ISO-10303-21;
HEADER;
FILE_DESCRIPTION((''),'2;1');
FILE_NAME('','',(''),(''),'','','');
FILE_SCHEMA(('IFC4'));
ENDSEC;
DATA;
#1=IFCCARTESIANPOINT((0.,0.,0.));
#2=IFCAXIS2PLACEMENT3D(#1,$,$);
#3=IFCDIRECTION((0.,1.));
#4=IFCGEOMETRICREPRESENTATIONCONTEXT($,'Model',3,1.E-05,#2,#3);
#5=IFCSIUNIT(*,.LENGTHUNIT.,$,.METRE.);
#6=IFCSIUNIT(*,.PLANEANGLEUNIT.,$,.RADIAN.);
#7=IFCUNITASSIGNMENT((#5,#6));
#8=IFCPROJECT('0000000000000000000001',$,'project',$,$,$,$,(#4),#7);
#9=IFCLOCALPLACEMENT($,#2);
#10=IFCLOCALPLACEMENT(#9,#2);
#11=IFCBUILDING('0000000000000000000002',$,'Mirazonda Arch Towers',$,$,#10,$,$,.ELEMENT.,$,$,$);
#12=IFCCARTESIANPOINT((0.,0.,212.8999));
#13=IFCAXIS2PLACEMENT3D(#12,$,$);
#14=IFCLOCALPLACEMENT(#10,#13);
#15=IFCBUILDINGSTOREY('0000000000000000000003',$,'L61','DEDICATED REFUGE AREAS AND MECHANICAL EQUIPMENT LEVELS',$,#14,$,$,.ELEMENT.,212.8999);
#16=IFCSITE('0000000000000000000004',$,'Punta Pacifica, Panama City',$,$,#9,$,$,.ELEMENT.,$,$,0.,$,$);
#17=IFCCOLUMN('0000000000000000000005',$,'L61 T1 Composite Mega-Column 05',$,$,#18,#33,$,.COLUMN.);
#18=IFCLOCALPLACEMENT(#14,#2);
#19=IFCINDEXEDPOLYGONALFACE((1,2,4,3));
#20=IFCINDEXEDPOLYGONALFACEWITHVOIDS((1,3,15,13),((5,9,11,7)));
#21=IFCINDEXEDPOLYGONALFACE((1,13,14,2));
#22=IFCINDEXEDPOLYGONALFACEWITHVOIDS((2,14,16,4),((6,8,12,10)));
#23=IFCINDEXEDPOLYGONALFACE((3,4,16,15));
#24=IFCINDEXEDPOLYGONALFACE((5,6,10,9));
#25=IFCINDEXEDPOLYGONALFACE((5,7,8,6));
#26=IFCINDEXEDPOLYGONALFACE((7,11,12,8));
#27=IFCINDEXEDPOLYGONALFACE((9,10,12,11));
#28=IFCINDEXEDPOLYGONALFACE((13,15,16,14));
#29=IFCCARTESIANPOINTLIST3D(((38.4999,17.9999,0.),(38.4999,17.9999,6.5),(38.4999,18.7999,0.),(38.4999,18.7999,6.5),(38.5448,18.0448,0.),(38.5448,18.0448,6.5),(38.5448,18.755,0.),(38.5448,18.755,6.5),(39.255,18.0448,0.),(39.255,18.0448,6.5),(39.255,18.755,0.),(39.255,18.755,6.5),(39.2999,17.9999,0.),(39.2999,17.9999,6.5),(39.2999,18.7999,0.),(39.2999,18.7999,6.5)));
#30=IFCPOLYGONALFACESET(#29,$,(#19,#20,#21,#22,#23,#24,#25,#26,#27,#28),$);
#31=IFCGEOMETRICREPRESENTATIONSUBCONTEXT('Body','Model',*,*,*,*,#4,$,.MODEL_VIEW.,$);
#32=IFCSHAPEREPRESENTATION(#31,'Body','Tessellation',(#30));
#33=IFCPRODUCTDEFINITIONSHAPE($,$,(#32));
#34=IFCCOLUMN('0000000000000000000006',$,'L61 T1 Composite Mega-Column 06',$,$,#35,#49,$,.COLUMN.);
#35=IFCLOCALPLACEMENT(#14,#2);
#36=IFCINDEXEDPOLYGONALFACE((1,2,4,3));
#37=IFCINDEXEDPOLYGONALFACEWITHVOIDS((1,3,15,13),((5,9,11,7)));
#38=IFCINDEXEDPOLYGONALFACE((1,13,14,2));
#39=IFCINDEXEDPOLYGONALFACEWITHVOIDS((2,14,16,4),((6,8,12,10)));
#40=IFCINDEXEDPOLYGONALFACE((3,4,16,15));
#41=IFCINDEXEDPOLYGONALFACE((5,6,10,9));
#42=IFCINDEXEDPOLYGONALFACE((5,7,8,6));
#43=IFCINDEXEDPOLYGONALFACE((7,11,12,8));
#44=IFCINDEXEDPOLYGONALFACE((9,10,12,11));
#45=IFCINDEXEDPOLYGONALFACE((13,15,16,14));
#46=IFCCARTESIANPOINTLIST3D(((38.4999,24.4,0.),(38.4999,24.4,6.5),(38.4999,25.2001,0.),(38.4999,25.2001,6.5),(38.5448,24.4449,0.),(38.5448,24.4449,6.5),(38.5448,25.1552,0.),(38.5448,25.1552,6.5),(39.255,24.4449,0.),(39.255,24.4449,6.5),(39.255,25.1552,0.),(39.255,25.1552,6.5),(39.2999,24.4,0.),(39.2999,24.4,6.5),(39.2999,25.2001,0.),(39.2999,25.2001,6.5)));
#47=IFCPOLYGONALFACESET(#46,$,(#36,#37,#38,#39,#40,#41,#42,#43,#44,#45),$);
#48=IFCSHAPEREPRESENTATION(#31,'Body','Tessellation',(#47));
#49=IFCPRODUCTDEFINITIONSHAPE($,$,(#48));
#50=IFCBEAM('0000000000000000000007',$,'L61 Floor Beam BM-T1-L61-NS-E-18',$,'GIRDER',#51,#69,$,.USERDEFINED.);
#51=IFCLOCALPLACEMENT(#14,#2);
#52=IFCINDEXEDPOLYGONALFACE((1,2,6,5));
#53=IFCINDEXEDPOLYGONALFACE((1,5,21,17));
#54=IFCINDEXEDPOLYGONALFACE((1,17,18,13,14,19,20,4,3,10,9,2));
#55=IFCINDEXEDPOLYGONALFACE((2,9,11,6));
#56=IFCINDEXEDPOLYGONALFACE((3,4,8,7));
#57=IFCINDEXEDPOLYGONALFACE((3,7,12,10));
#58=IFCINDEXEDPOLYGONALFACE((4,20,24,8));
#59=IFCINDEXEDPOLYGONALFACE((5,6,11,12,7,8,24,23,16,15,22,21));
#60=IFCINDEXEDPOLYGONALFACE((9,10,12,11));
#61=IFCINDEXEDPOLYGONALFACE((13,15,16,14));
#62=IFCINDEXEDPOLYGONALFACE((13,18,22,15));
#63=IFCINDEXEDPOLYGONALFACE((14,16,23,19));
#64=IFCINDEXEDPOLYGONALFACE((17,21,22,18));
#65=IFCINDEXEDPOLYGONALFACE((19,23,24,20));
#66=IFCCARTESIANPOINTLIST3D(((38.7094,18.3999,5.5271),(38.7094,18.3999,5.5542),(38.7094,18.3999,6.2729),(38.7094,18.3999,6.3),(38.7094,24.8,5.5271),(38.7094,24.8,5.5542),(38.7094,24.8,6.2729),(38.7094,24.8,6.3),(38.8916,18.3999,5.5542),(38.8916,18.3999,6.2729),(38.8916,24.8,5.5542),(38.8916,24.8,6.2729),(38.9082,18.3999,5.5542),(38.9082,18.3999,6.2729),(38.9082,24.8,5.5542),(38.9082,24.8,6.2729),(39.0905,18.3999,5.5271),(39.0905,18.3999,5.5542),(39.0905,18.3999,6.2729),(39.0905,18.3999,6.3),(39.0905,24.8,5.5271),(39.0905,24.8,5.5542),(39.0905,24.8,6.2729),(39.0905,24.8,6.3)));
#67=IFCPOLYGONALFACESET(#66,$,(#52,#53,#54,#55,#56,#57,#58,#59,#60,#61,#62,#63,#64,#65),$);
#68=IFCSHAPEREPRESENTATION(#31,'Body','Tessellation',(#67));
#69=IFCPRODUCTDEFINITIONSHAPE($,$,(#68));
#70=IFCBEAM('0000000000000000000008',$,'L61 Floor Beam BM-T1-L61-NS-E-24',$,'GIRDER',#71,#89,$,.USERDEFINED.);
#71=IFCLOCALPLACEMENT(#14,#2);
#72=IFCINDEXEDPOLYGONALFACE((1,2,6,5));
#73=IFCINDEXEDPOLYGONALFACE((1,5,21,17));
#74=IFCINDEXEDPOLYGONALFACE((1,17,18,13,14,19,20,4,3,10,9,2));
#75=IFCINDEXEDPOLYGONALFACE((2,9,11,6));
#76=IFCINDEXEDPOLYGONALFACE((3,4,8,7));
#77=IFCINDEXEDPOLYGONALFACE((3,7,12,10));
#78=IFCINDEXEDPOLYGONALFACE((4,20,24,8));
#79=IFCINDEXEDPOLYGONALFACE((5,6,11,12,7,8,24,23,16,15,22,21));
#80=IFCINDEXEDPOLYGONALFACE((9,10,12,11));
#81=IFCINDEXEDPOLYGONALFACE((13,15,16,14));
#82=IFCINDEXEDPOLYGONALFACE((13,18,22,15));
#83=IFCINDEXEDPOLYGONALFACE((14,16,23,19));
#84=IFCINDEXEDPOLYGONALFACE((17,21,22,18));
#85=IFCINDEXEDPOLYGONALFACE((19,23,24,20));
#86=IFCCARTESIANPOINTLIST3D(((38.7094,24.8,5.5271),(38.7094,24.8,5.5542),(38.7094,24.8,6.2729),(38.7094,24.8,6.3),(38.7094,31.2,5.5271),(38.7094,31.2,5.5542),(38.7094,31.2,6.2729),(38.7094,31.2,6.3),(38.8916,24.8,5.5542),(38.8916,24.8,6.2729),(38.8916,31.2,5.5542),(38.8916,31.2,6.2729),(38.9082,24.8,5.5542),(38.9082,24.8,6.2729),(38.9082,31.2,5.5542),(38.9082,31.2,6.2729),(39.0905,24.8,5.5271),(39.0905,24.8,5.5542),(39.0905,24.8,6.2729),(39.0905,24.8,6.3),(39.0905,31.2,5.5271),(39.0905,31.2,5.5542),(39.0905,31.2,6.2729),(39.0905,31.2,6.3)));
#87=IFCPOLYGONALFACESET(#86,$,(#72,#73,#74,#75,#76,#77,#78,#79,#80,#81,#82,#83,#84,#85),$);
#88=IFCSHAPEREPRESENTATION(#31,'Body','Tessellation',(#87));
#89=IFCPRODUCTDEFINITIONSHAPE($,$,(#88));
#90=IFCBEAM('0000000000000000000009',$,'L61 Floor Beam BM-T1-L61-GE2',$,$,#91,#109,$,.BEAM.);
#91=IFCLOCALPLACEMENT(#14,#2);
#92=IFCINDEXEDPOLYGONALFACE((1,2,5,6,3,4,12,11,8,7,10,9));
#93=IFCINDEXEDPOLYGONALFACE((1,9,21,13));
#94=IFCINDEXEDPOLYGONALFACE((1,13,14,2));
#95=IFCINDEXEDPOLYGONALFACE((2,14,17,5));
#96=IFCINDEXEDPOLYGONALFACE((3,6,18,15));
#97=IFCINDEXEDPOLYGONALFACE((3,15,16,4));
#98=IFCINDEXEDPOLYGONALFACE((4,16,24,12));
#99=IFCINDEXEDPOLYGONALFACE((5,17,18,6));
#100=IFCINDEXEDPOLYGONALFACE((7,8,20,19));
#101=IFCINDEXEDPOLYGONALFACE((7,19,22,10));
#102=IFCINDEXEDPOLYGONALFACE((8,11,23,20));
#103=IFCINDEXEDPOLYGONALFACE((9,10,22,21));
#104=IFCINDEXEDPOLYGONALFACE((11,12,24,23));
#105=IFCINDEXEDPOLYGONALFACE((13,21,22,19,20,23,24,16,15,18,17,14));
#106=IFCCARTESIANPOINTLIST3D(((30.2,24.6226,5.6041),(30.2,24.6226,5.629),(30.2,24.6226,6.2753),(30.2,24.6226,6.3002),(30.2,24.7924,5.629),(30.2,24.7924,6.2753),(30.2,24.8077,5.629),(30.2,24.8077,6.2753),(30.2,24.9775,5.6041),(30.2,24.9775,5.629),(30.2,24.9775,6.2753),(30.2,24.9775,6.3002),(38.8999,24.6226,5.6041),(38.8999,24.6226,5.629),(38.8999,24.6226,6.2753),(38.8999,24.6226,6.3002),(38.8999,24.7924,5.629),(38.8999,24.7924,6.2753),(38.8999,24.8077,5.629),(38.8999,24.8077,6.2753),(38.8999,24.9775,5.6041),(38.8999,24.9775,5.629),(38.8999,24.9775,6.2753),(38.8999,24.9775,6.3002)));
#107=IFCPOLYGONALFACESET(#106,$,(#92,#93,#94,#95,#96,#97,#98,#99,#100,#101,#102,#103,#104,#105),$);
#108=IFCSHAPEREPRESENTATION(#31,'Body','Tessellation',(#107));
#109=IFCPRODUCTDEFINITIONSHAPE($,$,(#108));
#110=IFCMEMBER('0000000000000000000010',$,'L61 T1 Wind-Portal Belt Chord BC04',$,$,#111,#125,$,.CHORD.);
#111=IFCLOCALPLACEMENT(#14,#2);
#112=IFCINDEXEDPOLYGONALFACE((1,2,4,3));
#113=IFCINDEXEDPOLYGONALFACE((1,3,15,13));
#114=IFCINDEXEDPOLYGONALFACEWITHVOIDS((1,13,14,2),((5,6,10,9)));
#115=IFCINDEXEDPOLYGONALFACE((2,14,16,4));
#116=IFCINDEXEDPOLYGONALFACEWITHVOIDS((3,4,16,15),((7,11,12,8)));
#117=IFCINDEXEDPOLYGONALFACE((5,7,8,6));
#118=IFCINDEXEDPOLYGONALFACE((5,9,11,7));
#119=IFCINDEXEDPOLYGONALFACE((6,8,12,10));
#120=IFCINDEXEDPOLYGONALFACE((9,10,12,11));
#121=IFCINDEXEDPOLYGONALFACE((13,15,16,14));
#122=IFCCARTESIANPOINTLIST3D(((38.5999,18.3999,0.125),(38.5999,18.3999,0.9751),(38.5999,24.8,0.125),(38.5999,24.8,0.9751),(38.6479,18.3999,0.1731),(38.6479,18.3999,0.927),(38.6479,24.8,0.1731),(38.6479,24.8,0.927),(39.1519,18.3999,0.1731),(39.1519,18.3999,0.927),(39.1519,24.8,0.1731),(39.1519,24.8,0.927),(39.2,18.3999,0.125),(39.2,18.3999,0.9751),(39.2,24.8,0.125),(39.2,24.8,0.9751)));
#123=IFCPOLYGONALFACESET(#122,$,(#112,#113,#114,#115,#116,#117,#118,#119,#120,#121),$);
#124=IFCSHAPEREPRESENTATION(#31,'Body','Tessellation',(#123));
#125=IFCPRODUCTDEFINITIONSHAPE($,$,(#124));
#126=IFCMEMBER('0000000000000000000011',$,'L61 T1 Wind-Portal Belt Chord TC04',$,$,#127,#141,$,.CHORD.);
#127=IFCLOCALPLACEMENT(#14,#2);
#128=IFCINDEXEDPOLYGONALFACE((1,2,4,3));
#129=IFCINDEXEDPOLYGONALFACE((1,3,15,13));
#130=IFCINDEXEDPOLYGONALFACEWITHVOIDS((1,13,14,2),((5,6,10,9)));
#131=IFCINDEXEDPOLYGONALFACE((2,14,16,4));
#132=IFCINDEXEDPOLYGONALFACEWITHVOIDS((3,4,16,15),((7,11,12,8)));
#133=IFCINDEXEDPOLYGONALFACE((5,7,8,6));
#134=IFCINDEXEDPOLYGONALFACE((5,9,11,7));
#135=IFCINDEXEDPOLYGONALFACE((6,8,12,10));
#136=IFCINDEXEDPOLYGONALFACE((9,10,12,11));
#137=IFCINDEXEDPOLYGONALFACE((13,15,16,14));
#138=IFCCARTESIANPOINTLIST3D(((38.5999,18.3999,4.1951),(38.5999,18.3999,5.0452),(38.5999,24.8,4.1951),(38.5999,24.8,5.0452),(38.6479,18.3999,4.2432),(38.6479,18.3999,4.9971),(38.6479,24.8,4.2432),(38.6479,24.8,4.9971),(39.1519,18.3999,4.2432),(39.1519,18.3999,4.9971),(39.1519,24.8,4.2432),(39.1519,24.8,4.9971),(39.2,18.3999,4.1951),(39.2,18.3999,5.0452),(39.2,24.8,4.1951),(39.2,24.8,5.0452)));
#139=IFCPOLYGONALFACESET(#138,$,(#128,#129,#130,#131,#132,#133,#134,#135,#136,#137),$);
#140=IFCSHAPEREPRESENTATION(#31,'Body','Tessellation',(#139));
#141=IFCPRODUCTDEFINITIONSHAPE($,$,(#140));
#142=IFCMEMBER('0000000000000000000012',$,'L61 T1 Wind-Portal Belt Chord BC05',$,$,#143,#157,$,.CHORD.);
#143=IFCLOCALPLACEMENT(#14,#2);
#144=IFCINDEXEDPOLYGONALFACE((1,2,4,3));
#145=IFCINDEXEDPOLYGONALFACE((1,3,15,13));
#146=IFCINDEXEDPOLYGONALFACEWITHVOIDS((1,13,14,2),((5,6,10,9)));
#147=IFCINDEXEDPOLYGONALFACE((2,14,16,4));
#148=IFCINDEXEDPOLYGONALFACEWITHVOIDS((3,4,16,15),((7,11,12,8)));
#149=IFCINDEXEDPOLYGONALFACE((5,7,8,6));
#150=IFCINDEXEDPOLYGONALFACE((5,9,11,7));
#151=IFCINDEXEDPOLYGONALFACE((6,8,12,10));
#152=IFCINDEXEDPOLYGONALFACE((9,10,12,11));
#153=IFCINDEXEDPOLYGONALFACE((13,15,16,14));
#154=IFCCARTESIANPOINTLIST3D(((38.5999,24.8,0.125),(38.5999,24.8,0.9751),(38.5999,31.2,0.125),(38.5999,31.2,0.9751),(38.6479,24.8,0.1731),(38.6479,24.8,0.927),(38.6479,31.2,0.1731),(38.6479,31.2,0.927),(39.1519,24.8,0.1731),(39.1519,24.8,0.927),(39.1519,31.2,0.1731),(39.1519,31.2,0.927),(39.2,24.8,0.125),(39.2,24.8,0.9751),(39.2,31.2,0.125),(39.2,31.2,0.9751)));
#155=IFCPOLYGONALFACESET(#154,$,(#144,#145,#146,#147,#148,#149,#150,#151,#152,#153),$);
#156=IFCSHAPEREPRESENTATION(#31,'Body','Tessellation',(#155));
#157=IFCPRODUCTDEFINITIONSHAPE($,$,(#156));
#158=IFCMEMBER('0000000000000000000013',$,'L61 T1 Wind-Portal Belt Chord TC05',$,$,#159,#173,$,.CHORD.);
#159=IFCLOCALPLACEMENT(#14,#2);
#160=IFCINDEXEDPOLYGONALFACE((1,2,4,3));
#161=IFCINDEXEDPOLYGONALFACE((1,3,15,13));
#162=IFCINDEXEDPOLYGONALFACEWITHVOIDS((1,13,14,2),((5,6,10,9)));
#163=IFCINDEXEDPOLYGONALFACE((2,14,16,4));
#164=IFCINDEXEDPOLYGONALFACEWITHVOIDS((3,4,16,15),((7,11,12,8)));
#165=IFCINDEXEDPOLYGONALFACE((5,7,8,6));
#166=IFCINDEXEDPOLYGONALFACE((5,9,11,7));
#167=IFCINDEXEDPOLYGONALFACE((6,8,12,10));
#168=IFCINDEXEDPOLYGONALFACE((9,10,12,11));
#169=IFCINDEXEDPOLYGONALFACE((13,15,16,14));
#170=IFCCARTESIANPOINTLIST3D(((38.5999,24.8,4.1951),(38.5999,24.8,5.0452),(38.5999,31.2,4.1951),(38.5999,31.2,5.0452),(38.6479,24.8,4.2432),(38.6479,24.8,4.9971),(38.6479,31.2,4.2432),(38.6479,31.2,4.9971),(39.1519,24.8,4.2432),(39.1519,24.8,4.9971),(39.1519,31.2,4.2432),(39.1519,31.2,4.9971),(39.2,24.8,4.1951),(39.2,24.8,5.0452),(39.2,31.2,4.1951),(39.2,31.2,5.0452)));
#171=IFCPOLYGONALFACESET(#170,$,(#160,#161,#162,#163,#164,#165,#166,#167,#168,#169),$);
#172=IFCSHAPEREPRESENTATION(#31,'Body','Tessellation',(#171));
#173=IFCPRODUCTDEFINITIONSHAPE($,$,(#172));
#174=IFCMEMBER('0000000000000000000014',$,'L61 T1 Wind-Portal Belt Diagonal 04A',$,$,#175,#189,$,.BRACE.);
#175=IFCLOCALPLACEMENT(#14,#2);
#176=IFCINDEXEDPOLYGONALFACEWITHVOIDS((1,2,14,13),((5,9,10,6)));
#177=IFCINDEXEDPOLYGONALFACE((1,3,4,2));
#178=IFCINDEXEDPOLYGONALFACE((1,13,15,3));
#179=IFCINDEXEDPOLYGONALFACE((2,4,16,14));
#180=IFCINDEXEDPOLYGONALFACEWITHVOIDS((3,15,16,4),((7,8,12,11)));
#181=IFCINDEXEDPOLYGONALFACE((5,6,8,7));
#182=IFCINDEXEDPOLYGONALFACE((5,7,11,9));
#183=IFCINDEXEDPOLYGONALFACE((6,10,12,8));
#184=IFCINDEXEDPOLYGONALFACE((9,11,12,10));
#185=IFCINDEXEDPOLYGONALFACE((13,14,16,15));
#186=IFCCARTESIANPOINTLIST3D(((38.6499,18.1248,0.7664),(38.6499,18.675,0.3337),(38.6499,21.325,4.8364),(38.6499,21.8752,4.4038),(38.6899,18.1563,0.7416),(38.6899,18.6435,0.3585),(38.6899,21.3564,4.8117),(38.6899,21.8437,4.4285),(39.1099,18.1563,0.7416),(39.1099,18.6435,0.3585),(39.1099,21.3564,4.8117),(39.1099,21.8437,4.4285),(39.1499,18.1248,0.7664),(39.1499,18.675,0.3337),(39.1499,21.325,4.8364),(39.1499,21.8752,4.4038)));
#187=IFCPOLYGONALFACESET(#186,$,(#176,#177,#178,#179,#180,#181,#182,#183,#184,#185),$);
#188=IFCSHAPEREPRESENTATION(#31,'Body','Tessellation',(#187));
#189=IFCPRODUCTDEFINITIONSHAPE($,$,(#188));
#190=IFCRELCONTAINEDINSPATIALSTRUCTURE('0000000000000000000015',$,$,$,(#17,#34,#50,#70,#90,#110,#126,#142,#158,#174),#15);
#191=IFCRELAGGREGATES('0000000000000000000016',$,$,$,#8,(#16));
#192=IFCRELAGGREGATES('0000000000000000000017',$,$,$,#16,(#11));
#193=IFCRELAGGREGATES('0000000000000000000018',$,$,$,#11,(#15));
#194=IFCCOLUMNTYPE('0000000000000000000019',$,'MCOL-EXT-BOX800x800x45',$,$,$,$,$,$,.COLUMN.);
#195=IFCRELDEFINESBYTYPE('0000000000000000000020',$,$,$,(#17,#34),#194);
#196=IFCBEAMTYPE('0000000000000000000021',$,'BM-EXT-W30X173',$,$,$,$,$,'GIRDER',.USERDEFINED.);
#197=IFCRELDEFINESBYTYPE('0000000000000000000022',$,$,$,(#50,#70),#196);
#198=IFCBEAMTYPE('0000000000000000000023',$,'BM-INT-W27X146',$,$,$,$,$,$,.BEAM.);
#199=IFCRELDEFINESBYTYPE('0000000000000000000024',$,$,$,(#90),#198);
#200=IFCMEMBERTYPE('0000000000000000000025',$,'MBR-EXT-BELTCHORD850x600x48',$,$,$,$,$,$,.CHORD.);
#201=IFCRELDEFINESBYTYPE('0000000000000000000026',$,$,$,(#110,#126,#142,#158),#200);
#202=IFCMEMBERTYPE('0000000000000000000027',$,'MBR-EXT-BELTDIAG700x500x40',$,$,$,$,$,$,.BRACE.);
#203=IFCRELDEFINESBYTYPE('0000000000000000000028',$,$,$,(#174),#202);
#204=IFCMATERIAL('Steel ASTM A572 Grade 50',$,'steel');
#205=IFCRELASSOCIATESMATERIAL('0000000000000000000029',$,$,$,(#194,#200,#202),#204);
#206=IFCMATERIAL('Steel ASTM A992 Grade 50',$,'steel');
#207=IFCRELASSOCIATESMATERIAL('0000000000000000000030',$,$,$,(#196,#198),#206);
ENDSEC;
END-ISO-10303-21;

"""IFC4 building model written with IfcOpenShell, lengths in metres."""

from ifc_helpers import new_model, si_unit, direction, frame, origin, origin_2d, place, context, subcontext, project, spatial, hollow_rectangle, i_section, extrude, material, material_profile, profile_set, type_object, element, save


model = new_model("IFC4")

# Units and contexts
model_context = context("Model", 3, precision=1e-05, world=origin(), true_north=direction((0.0, 1.0)))
body_context = subcontext(model_context, "Body", "Model", "MODEL_VIEW")
ifc_project = project(units=[si_unit("LENGTHUNIT", "METRE"), si_unit("PLANEANGLEUNIT", "RADIAN")], contexts=[model_context])

# Site, building, storey
site_placement = place(None, origin())
site = spatial("IfcSite", under=ifc_project, at=site_placement, Name="Punta Pacifica, Panama City", CompositionType="ELEMENT", RefElevation=0.0)
building_placement = place(site_placement, origin())
building = spatial("IfcBuilding", under=site, at=building_placement, Name="Mirazonda Arch Towers", CompositionType="ELEMENT")
storey_placement = place(building_placement, frame((0.0, 0.0, 212.8999)))
storey = spatial("IfcBuildingStorey", under=building, at=storey_placement, Name="L61", Description="DEDICATED REFUGE AREAS AND MECHANICAL EQUIPMENT LEVELS", CompositionType="ELEMENT", Elevation=212.8999)

# Columns
ifc_material_1 = material(Name="Steel ASTM A572 Grade 50", Category="steel")
ifc_material_profile_1 = material_profile(ifc_material_1, hollow_rectangle(XDim=0.8, YDim=0.8, WallThickness=0.0449, at=origin_2d()), Name="BOX800x800x45")
ifc_profile_set_1 = profile_set([ifc_material_profile_1], Name="Steel ASTM A572 Grade 50")
column_type = type_object("IfcColumnType", Name="MCOL-EXT-BOX800x800x45", PredefinedType="COLUMN", material=ifc_profile_set_1)
for number, where, z_axis, x_axis, name in (
    (1, (38.8999, 18.3999, 0.0), (0.0, 0.0, 1.0), (1.0, 0.0, 0.0), "L61 T1 Composite Mega-Column 05"),
    (2, (38.8999, 24.8, 0.0), (0.0, 0.0, 1.0), (1.0, 0.0, 0.0), "L61 T1 Composite Mega-Column 06"),
):
    element("IfcColumn", number, at=place(storey_placement, frame(where, z_axis=z_axis, x_axis=x_axis)), inside=storey, type_object=column_type, Name=name, PredefinedType="COLUMN", context=body_context, shape_type="SweptSolid", body=[
        extrude(hollow_rectangle(XDim=0.8, YDim=0.8, WallThickness=0.0449, at=origin_2d()), origin(), (0.0, 0.0, 1.0), 6.5),
    ])

# Beams
ifc_material_2 = material(Name="Steel ASTM A992 Grade 50", Category="steel")
ifc_material_profile_2 = material_profile(ifc_material_2, i_section(OverallWidth=0.3811, OverallDepth=0.7729, WebThickness=0.0166, FlangeThickness=0.0271, at=origin_2d()), Name="W30X173")
ifc_profile_set_2 = profile_set([ifc_material_profile_2], Name="Steel ASTM A992 Grade 50")
beam_type_1 = type_object("IfcBeamType", Name="BM-EXT-W30X173", ElementType="GIRDER", PredefinedType="USERDEFINED", material=ifc_profile_set_2)
beam_1_placement = place(storey_placement, frame((38.8999, 18.3999, 5.9136), z_axis=(0.0, 1.0, 0.0), x_axis=(-1.0, 0.0, 0.0)))
element("IfcBeam", 3, at=beam_1_placement, inside=storey, type_object=beam_type_1, Name="L61 Floor Beam BM-T1-L61-NS-E-18", ObjectType="GIRDER", PredefinedType="USERDEFINED", context=body_context, shape_type="SweptSolid", body=[
    extrude(i_section(OverallWidth=0.3811, OverallDepth=0.7729, WebThickness=0.0166, FlangeThickness=0.0271, at=origin_2d()), origin(), (0.0, 0.0, 1.0), 6.4001),
])
beam_2_placement = place(storey_placement, frame((38.8999, 24.8, 5.9136), z_axis=(0.0, 1.0, 0.0), x_axis=(-1.0, 0.0, 0.0)))
element("IfcBeam", 4, at=beam_2_placement, inside=storey, type_object=beam_type_1, Name="L61 Floor Beam BM-T1-L61-NS-E-24", ObjectType="GIRDER", PredefinedType="USERDEFINED", context=body_context, shape_type="SweptSolid", body=[
    extrude(i_section(OverallWidth=0.3811, OverallDepth=0.7729, WebThickness=0.0166, FlangeThickness=0.0271, at=origin_2d()), origin(), (0.0, 0.0, 1.0), 6.3999),
])
ifc_material_profile_3 = material_profile(ifc_material_2, i_section(OverallWidth=0.355, OverallDepth=0.696, WebThickness=0.0154, FlangeThickness=0.0249, at=origin_2d()), Name="W27X146")
ifc_profile_set_3 = profile_set([ifc_material_profile_3], Name="Steel ASTM A992 Grade 50")
beam_type_2 = type_object("IfcBeamType", Name="BM-INT-W27X146", PredefinedType="BEAM", material=ifc_profile_set_3)
beam_3_placement = place(storey_placement, frame((30.2, 24.8, 5.9521), z_axis=(1.0, 0.0, 0.0), x_axis=(0.0, 1.0, 0.0)))
element("IfcBeam", 5, at=beam_3_placement, inside=storey, type_object=beam_type_2, Name="L61 Floor Beam BM-T1-L61-GE2", PredefinedType="BEAM", context=body_context, shape_type="SweptSolid", body=[
    extrude(i_section(OverallWidth=0.355, OverallDepth=0.696, WebThickness=0.0154, FlangeThickness=0.0249, at=origin_2d()), origin(), (0.0, 0.0, 1.0), 8.7),
])

# Members
ifc_material_profile_4 = material_profile(ifc_material_1, hollow_rectangle(XDim=0.6001, YDim=0.8501, WallThickness=0.0481, at=origin_2d()), Name="BELTCHORD850x600x48")
ifc_profile_set_4 = profile_set([ifc_material_profile_4], Name="Steel ASTM A572 Grade 50")
member_type_1 = type_object("IfcMemberType", Name="MBR-EXT-BELTCHORD850x600x48", PredefinedType="CHORD", material=ifc_profile_set_4)
for number, where, z_axis, x_axis, name in (
    (6, (38.8999, 18.3999, 0.55), (0.0, 1.0, 0.0), (-1.0, 0.0, 0.0), "L61 T1 Wind-Portal Belt Chord BC04"),
    (7, (38.8999, 18.3999, 4.6201), (0.0, 1.0, 0.0), (-1.0, 0.0, 0.0), "L61 T1 Wind-Portal Belt Chord TC04"),
):
    element("IfcMember", number, at=place(storey_placement, frame(where, z_axis=z_axis, x_axis=x_axis)), inside=storey, type_object=member_type_1, Name=name, PredefinedType="CHORD", context=body_context, shape_type="SweptSolid", body=[
        extrude(hollow_rectangle(XDim=0.6001, YDim=0.8501, WallThickness=0.0481, at=origin_2d()), origin(), (0.0, 0.0, 1.0), 6.4001),
    ])
for number, where, z_axis, x_axis, name in (
    (8, (38.8999, 24.8, 0.55), (0.0, 1.0, 0.0), (-1.0, 0.0, 0.0), "L61 T1 Wind-Portal Belt Chord BC05"),
    (9, (38.8999, 24.8, 4.6201), (0.0, 1.0, 0.0), (-1.0, 0.0, 0.0), "L61 T1 Wind-Portal Belt Chord TC05"),
):
    element("IfcMember", number, at=place(storey_placement, frame(where, z_axis=z_axis, x_axis=x_axis)), inside=storey, type_object=member_type_1, Name=name, PredefinedType="CHORD", context=body_context, shape_type="SweptSolid", body=[
        extrude(hollow_rectangle(XDim=0.6001, YDim=0.8501, WallThickness=0.0481, at=origin_2d()), origin(), (0.0, 0.0, 1.0), 6.3999),
    ])
ifc_material_profile_5 = material_profile(ifc_material_1, hollow_rectangle(XDim=0.5, YDim=0.7, WallThickness=0.04, at=origin_2d()), Name="BELTDIAG700x500x40")
ifc_profile_set_5 = profile_set([ifc_material_profile_5], Name="Steel ASTM A572 Grade 50")
member_type_2 = type_object("IfcMemberType", Name="MBR-EXT-BELTDIAG700x500x40", PredefinedType="BRACE", material=ifc_profile_set_5)
for number, where, z_axis, x_axis, name in (
    (10, (38.8999, 18.3999, 0.55), (0.0, 0.618094, 0.786104), (-1.0, 0.0, 0.0), "L61 T1 Wind-Portal Belt Diagonal 04A"),
):
    element("IfcMember", number, at=place(storey_placement, frame(where, z_axis=z_axis, x_axis=x_axis)), inside=storey, type_object=member_type_2, Name=name, PredefinedType="BRACE", context=body_context, shape_type="SweptSolid", body=[
        extrude(hollow_rectangle(XDim=0.5, YDim=0.7, WallThickness=0.04, at=origin_2d()), origin(), (0.0, 0.0, 1.0), 5.1775),
    ])

save(model, "model.ifc")
